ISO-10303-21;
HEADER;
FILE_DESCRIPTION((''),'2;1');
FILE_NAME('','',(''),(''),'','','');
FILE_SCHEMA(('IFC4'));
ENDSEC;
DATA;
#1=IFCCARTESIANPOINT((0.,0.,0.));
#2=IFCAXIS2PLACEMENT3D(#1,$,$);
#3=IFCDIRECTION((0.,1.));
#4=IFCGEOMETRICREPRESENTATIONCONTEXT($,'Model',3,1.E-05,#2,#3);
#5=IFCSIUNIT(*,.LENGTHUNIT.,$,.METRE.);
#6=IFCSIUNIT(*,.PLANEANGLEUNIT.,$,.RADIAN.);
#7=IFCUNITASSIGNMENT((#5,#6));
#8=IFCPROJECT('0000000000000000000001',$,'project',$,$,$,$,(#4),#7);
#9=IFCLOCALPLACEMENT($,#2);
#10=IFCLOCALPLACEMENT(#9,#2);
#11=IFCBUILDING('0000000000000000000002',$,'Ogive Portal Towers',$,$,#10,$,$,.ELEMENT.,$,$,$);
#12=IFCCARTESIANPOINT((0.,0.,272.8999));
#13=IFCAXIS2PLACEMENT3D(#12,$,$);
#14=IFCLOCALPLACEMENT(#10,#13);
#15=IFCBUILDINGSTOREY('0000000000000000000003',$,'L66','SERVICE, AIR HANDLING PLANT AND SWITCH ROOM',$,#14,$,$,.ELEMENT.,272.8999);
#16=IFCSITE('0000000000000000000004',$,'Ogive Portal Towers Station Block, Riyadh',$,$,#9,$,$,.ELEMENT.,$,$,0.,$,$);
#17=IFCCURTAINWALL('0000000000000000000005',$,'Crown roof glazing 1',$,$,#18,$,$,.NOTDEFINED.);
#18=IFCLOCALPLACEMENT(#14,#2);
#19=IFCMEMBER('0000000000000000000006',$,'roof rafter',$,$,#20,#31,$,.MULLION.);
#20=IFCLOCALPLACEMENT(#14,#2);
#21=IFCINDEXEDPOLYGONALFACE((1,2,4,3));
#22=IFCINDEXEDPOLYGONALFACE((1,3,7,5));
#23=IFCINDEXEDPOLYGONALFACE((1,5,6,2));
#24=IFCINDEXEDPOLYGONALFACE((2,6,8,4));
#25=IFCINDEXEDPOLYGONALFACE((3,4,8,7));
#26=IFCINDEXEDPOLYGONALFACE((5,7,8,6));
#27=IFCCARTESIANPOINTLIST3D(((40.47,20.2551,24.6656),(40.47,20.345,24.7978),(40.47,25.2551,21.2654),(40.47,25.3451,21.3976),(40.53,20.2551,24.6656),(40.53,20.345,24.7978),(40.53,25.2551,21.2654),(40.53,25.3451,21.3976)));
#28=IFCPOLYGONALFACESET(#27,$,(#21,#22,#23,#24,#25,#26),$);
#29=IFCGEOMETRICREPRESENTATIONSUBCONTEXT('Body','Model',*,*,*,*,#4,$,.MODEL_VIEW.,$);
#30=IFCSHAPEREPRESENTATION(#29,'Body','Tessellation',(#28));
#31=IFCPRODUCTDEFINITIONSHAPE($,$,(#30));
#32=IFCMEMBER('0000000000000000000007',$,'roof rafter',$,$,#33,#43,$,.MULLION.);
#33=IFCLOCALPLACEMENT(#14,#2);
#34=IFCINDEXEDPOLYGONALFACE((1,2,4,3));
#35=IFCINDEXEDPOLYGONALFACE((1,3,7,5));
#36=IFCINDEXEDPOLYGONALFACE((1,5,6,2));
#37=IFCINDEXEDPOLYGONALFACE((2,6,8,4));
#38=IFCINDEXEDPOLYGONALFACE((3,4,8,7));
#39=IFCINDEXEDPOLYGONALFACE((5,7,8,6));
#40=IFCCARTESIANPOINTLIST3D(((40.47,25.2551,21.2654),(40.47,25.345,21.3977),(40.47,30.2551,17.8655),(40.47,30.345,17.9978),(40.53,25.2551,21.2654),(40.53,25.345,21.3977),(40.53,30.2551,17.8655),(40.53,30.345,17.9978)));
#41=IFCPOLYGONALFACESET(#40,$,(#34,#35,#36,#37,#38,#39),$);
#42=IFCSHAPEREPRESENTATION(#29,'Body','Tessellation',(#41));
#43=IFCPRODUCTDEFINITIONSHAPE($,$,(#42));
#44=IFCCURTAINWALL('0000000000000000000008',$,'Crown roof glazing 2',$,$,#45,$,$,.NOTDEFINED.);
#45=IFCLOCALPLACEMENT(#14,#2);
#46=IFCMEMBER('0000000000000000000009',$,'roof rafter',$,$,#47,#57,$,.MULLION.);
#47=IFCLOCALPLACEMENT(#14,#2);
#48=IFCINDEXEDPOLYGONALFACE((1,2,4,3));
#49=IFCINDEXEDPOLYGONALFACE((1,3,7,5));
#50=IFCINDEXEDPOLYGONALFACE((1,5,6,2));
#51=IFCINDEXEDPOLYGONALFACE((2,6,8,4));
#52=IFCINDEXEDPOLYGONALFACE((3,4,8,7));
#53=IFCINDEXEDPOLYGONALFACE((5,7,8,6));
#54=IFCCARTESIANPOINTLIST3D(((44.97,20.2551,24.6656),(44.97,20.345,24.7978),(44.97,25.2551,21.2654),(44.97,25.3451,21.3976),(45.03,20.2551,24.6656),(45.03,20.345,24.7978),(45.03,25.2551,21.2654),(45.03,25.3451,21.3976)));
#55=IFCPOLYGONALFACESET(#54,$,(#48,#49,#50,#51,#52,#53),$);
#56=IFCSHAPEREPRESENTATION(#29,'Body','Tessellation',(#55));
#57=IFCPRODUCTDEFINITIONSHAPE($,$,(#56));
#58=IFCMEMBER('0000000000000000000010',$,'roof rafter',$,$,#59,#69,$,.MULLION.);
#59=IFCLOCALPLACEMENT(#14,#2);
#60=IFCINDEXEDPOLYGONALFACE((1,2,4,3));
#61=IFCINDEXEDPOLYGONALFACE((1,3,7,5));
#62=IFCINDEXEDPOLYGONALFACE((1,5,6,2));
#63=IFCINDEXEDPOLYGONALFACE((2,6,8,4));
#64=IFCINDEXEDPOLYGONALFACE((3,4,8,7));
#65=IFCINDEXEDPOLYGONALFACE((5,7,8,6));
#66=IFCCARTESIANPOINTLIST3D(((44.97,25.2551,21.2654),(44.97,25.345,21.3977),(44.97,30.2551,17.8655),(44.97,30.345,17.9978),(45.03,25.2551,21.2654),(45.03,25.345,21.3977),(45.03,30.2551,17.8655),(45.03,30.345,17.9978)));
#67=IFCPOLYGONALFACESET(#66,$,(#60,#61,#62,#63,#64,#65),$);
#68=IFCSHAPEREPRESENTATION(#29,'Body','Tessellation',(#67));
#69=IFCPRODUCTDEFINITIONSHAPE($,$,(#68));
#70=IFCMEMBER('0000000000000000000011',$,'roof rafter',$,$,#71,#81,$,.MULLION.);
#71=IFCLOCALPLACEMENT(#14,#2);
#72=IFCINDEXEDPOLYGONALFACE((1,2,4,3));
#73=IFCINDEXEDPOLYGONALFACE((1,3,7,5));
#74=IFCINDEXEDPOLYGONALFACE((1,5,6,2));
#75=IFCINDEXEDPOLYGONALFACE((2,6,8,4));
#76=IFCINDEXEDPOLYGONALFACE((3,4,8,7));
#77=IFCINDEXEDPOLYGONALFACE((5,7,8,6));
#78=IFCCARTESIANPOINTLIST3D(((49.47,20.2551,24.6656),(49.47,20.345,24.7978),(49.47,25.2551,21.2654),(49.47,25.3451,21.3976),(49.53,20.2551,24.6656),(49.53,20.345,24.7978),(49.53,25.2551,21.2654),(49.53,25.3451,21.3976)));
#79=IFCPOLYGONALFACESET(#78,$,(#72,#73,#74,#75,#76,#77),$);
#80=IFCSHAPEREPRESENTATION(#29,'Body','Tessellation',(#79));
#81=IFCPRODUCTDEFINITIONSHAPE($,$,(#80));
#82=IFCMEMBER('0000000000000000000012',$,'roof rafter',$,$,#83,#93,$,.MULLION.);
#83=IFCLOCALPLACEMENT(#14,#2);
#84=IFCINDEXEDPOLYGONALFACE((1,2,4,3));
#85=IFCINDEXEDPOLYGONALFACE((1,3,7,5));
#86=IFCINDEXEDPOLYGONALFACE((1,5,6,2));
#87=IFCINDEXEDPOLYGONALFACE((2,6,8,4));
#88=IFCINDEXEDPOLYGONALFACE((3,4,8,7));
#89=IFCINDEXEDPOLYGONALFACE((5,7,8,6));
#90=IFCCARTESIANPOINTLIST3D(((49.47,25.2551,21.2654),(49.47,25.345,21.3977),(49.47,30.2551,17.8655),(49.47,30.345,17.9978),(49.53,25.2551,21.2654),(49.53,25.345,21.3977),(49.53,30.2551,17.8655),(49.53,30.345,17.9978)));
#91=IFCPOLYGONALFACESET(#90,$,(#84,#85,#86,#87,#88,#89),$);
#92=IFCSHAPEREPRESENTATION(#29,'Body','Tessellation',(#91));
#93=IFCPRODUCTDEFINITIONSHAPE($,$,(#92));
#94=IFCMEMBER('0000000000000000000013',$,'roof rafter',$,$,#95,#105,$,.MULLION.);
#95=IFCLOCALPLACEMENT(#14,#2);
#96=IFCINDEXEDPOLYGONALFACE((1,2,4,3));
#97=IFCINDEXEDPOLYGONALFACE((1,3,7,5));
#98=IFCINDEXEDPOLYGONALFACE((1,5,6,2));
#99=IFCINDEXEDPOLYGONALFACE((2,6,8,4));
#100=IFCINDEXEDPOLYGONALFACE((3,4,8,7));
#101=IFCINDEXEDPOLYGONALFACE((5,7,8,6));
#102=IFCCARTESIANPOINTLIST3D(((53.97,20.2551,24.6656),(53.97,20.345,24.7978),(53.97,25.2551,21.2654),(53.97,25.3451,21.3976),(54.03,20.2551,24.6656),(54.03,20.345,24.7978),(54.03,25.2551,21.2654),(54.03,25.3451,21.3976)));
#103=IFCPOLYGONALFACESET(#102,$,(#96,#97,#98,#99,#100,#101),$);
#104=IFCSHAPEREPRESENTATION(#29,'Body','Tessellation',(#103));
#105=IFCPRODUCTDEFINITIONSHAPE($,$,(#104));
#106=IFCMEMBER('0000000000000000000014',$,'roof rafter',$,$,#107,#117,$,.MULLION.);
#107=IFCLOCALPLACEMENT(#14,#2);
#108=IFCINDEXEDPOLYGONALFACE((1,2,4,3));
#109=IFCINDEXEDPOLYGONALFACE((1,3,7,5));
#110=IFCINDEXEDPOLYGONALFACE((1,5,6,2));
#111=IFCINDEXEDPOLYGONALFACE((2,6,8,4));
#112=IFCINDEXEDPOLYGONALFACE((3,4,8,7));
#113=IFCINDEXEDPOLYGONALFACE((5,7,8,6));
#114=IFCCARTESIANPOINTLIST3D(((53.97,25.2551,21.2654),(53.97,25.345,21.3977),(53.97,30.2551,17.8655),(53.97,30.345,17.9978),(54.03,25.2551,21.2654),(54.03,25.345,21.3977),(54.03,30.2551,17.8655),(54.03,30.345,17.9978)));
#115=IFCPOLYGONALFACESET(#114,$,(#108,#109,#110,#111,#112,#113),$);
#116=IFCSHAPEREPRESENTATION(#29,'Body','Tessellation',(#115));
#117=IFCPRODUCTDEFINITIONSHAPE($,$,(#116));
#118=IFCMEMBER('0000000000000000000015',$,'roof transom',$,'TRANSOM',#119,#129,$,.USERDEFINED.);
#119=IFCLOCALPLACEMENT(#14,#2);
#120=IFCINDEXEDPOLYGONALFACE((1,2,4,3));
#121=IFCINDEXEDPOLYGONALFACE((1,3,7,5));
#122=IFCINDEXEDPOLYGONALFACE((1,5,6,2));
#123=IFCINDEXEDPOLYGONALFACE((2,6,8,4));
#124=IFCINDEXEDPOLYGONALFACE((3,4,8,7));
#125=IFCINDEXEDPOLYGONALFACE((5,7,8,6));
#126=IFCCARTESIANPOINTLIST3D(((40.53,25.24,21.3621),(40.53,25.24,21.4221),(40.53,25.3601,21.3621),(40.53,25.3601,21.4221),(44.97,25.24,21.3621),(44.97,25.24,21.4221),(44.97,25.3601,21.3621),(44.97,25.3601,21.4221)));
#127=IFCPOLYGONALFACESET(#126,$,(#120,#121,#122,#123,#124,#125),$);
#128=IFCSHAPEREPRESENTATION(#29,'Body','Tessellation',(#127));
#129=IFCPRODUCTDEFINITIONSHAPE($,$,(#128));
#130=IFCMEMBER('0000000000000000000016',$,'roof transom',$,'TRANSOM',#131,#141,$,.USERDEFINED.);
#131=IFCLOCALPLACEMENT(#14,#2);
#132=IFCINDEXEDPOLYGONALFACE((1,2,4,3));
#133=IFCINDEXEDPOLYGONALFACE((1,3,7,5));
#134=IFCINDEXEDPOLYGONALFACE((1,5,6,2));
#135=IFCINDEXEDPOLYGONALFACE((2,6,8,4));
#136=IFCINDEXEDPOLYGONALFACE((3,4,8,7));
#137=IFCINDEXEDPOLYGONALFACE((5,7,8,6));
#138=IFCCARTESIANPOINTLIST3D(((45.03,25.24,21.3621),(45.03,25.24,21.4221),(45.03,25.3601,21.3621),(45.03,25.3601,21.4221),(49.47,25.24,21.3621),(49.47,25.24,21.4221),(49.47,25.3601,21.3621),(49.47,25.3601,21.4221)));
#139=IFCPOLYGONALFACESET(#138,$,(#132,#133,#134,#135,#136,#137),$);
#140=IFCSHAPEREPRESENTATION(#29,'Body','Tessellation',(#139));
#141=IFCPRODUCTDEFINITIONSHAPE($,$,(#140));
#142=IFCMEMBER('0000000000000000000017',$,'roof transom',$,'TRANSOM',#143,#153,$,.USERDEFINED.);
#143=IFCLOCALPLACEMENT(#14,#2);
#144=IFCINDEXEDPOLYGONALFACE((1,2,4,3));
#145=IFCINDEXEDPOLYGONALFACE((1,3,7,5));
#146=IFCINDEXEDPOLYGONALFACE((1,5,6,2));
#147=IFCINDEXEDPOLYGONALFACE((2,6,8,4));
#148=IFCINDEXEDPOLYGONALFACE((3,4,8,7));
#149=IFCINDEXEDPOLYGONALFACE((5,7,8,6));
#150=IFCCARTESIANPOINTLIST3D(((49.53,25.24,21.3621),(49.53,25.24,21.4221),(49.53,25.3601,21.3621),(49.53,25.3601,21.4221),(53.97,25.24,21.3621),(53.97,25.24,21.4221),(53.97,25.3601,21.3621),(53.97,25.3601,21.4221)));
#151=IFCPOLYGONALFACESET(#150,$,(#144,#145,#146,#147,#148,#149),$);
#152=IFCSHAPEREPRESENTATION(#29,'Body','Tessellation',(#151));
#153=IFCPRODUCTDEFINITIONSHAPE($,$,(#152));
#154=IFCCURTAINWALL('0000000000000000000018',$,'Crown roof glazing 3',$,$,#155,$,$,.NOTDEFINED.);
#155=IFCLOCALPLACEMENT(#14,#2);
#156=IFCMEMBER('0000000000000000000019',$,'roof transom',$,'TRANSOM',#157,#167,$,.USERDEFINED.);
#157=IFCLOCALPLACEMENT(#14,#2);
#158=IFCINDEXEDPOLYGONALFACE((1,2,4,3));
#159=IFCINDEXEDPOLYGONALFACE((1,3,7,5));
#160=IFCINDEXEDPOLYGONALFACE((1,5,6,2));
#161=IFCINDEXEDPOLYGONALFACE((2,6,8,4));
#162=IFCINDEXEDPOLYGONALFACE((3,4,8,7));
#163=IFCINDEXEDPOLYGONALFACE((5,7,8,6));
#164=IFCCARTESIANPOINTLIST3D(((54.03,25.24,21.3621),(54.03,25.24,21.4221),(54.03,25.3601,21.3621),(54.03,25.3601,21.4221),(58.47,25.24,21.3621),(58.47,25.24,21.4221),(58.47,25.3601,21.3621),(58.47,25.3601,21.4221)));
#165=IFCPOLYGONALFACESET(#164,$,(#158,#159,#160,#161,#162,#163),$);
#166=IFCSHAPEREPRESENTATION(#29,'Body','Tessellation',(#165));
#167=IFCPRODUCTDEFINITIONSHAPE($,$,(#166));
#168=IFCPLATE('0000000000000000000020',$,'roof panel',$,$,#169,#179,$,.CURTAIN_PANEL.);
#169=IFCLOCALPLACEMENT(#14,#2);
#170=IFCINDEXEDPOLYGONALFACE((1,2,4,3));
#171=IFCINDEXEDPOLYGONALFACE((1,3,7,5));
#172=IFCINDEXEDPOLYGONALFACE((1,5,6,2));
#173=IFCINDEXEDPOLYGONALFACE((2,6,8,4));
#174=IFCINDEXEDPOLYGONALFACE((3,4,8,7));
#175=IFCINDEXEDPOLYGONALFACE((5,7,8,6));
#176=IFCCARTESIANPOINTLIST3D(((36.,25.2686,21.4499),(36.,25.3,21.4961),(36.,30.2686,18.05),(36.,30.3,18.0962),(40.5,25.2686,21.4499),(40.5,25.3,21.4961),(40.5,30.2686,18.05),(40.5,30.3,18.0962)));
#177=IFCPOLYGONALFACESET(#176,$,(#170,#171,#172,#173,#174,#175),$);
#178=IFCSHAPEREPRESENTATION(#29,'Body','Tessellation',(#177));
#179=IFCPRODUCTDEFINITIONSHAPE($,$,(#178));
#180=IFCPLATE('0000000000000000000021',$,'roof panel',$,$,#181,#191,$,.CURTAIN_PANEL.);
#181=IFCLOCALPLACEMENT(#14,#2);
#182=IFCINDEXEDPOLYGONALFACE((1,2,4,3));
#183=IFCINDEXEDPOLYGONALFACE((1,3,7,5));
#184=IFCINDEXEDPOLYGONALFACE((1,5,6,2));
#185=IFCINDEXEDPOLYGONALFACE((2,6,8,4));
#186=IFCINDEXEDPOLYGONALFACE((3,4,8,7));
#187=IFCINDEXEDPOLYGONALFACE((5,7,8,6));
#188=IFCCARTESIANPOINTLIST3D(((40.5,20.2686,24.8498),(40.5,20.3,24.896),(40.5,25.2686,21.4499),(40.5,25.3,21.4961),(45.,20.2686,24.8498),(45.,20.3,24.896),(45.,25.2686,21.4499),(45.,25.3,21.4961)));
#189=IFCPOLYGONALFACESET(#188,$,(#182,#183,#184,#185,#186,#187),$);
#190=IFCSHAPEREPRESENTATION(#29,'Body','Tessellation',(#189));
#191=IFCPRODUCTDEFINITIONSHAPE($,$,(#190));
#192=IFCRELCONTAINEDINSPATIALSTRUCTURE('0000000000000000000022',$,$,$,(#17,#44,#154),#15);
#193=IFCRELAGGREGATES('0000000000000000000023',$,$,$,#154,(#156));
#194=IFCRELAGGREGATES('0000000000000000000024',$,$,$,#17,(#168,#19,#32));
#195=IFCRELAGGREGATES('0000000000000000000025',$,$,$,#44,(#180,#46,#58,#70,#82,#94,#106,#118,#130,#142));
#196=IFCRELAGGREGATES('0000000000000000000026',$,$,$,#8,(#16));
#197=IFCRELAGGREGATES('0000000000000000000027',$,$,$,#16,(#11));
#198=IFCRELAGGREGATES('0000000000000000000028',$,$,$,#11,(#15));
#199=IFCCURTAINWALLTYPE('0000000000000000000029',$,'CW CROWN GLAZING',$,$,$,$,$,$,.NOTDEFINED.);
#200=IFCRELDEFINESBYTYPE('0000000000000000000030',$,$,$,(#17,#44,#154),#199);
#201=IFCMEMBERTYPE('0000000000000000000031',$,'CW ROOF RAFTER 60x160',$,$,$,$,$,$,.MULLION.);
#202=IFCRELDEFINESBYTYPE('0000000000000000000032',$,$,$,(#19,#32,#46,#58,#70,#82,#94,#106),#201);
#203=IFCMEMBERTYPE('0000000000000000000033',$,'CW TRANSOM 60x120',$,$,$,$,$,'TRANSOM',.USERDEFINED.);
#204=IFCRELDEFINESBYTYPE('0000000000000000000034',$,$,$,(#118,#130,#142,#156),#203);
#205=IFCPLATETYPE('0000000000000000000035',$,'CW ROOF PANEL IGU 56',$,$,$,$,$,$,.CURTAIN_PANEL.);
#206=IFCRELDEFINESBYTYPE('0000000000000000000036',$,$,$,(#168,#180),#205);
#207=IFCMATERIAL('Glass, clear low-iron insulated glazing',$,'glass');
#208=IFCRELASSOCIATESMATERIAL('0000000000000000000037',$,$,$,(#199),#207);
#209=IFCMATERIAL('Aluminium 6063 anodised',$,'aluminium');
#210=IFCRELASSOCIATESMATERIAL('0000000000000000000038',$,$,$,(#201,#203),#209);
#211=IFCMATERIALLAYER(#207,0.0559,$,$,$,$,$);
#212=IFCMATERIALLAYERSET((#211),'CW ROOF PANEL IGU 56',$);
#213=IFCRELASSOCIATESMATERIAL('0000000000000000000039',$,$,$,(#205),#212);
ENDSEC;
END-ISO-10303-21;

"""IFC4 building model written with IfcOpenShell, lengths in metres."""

from ifc_helpers import new_model, si_unit, direction, frame, origin, origin_2d, place, context, subcontext, project, spatial, polyline, rectangle, outline, extrude, material, layer, layer_set, material_profile, profile_set, type_object, element, aggregate, save


model = new_model("IFC4")

# Units and contexts
model_context = context("Model", 3, precision=1e-05, world=origin(), true_north=direction((0.0, 1.0)))
body_context = subcontext(model_context, "Body", "Model", "MODEL_VIEW")
ifc_project = project(units=[si_unit("LENGTHUNIT", "METRE"), si_unit("PLANEANGLEUNIT", "RADIAN")], contexts=[model_context])

# Site, building, storey
site_placement = place(None, origin())
site = spatial("IfcSite", under=ifc_project, at=site_placement, Name="Ogive Portal Towers Station Block, Riyadh", CompositionType="ELEMENT", RefElevation=0.0)
building_placement = place(site_placement, origin())
building = spatial("IfcBuilding", under=site, at=building_placement, Name="Ogive Portal Towers", CompositionType="ELEMENT")
storey_placement = place(building_placement, frame((0.0, 0.0, 272.8999)))
storey = spatial("IfcBuildingStorey", under=building, at=storey_placement, Name="L66", Description="SERVICE, AIR HANDLING PLANT AND SWITCH ROOM", CompositionType="ELEMENT", Elevation=272.8999)

# Curtain walls, members
ifc_material_1 = material(Name="Glass, clear low-iron insulated glazing", Category="glass")
curtain_wall_type = type_object("IfcCurtainWallType", Name="CW CROWN GLAZING", PredefinedType="NOTDEFINED", material=ifc_material_1)
curtain_wall_1_placement = place(storey_placement, origin())
curtain_wall_1 = element("IfcCurtainWall", 1, at=curtain_wall_1_placement, inside=storey, type_object=curtain_wall_type, Name="Crown roof glazing 1", PredefinedType="NOTDEFINED")
ifc_material_2 = material(Name="Aluminium 6063 anodised", Category="aluminium")
ifc_material_profile_1 = material_profile(ifc_material_2, rectangle(XDim=0.0601, YDim=0.1599, at=origin_2d()), Name="AL 60x160 rafter")
ifc_profile_set_1 = profile_set([ifc_material_profile_1], Name="Aluminium 6063 anodised")
member_type_1 = type_object("IfcMemberType", Name="CW ROOF RAFTER 60x160", PredefinedType="MULLION", material=ifc_profile_set_1)
member_1_placement = place(storey_placement, frame((40.5, 20.3, 24.7317), z_axis=(0.0, 0.826915, -0.562327), x_axis=(-1.0, 0.0, 0.0)))
member_1 = element("IfcMember", 2, at=member_1_placement, type_object=member_type_1, Name="roof rafter", PredefinedType="MULLION", context=body_context, shape_type="SweptSolid", body=[
    extrude(rectangle(XDim=0.0601, YDim=0.1599, at=origin_2d()), origin(), (0.0, 0.0, 1.0), 6.0466),
])
member_2_placement = place(storey_placement, frame((40.5, 25.3, 21.3315), z_axis=(0.0, 0.826934, -0.562299), x_axis=(-1.0, 0.0, 0.0)))
member_2 = element("IfcMember", 3, at=member_2_placement, type_object=member_type_1, Name="roof rafter", PredefinedType="MULLION", context=body_context, shape_type="SweptSolid", body=[
    extrude(rectangle(XDim=0.0601, YDim=0.1599, at=origin_2d()), origin(), (0.0, 0.0, 1.0), 6.0464),
])
curtain_wall_2_placement = place(storey_placement, origin())
curtain_wall_2 = element("IfcCurtainWall", 4, at=curtain_wall_2_placement, inside=storey, type_object=curtain_wall_type, Name="Crown roof glazing 2", PredefinedType="NOTDEFINED")
member_3_placement = place(storey_placement, frame((45.0, 20.3, 24.7317), z_axis=(0.0, 0.826915, -0.562327), x_axis=(-1.0, 0.0, 0.0)))
member_3 = element("IfcMember", 5, at=member_3_placement, type_object=member_type_1, Name="roof rafter", PredefinedType="MULLION", context=body_context, shape_type="SweptSolid", body=[
    extrude(rectangle(XDim=0.0601, YDim=0.1599, at=origin_2d()), origin(), (0.0, 0.0, 1.0), 6.0466),
])
member_4_placement = place(storey_placement, frame((45.0, 25.3, 21.3315), z_axis=(0.0, 0.826934, -0.562299), x_axis=(-1.0, 0.0, 0.0)))
member_4 = element("IfcMember", 6, at=member_4_placement, type_object=member_type_1, Name="roof rafter", PredefinedType="MULLION", context=body_context, shape_type="SweptSolid", body=[
    extrude(rectangle(XDim=0.0601, YDim=0.1599, at=origin_2d()), origin(), (0.0, 0.0, 1.0), 6.0464),
])
member_5_placement = place(storey_placement, frame((49.5, 20.3, 24.7317), z_axis=(0.0, 0.826915, -0.562327), x_axis=(-1.0, 0.0, 0.0)))
member_5 = element("IfcMember", 7, at=member_5_placement, type_object=member_type_1, Name="roof rafter", PredefinedType="MULLION", context=body_context, shape_type="SweptSolid", body=[
    extrude(rectangle(XDim=0.0601, YDim=0.1599, at=origin_2d()), origin(), (0.0, 0.0, 1.0), 6.0466),
])
member_6_placement = place(storey_placement, frame((49.5, 25.3, 21.3315), z_axis=(0.0, 0.826934, -0.562299), x_axis=(-1.0, 0.0, 0.0)))
member_6 = element("IfcMember", 8, at=member_6_placement, type_object=member_type_1, Name="roof rafter", PredefinedType="MULLION", context=body_context, shape_type="SweptSolid", body=[
    extrude(rectangle(XDim=0.0601, YDim=0.1599, at=origin_2d()), origin(), (0.0, 0.0, 1.0), 6.0464),
])
member_7_placement = place(storey_placement, frame((54.0, 20.3, 24.7317), z_axis=(0.0, 0.826915, -0.562327), x_axis=(-1.0, 0.0, 0.0)))
member_7 = element("IfcMember", 9, at=member_7_placement, type_object=member_type_1, Name="roof rafter", PredefinedType="MULLION", context=body_context, shape_type="SweptSolid", body=[
    extrude(rectangle(XDim=0.0601, YDim=0.1599, at=origin_2d()), origin(), (0.0, 0.0, 1.0), 6.0466),
])
member_8_placement = place(storey_placement, frame((54.0, 25.3, 21.3315), z_axis=(0.0, 0.826934, -0.562299), x_axis=(-1.0, 0.0, 0.0)))
member_8 = element("IfcMember", 10, at=member_8_placement, type_object=member_type_1, Name="roof rafter", PredefinedType="MULLION", context=body_context, shape_type="SweptSolid", body=[
    extrude(rectangle(XDim=0.0601, YDim=0.1599, at=origin_2d()), origin(), (0.0, 0.0, 1.0), 6.0464),
])
ifc_material_profile_2 = material_profile(ifc_material_2, rectangle(XDim=0.1201, YDim=0.0601, at=origin_2d()), Name="AL 120x60")
ifc_profile_set_2 = profile_set([ifc_material_profile_2], Name="Aluminium 6063 anodised")
member_type_2 = type_object("IfcMemberType", Name="CW TRANSOM 60x120", ElementType="TRANSOM", PredefinedType="USERDEFINED", material=ifc_profile_set_2)
member_9_placement = place(storey_placement, frame((40.53, 25.3, 21.3921), z_axis=(1.0, 0.0, 0.0), x_axis=(0.0, 1.0, 0.0)))
member_9 = element("IfcMember", 11, at=member_9_placement, type_object=member_type_2, Name="roof transom", ObjectType="TRANSOM", PredefinedType="USERDEFINED", context=body_context, shape_type="SweptSolid", body=[
    extrude(rectangle(XDim=0.1201, YDim=0.0601, at=origin_2d()), origin(), (0.0, 0.0, 1.0), 4.4399),
])
member_10_placement = place(storey_placement, frame((45.03, 25.3, 21.3921), z_axis=(1.0, 0.0, 0.0), x_axis=(0.0, 1.0, 0.0)))
member_10 = element("IfcMember", 12, at=member_10_placement, type_object=member_type_2, Name="roof transom", ObjectType="TRANSOM", PredefinedType="USERDEFINED", context=body_context, shape_type="SweptSolid", body=[
    extrude(rectangle(XDim=0.1201, YDim=0.0601, at=origin_2d()), origin(), (0.0, 0.0, 1.0), 4.4399),
])
member_11_placement = place(storey_placement, frame((49.53, 25.3, 21.3921), z_axis=(1.0, 0.0, 0.0), x_axis=(0.0, 1.0, 0.0)))
member_11 = element("IfcMember", 13, at=member_11_placement, type_object=member_type_2, Name="roof transom", ObjectType="TRANSOM", PredefinedType="USERDEFINED", context=body_context, shape_type="SweptSolid", body=[
    extrude(rectangle(XDim=0.1201, YDim=0.0601, at=origin_2d()), origin(), (0.0, 0.0, 1.0), 4.4399),
])

# Curtain wall, member
curtain_wall_3_placement = place(storey_placement, origin())
curtain_wall_3 = element("IfcCurtainWall", 14, at=curtain_wall_3_placement, inside=storey, type_object=curtain_wall_type, Name="Crown roof glazing 3", PredefinedType="NOTDEFINED")
member_12_placement = place(storey_placement, frame((54.03, 25.3, 21.3921), z_axis=(1.0, 0.0, 0.0), x_axis=(0.0, 1.0, 0.0)))
member_12 = element("IfcMember", 15, at=member_12_placement, type_object=member_type_2, Name="roof transom", ObjectType="TRANSOM", PredefinedType="USERDEFINED", context=body_context, shape_type="SweptSolid", body=[
    extrude(rectangle(XDim=0.1201, YDim=0.0601, at=origin_2d()), origin(), (0.0, 0.0, 1.0), 4.4399),
])
aggregate(curtain_wall_3, [member_12])

# Plates
ifc_layer_1 = layer(ifc_material_1, 0.0559)
ifc_layer_set_1 = layer_set([ifc_layer_1], Name="CW ROOF PANEL IGU 56")
plate_type = type_object("IfcPlateType", Name="CW ROOF PANEL IGU 56", PredefinedType="CURTAIN_PANEL", material=ifc_layer_set_1)
plate_1_placement = place(storey_placement, frame((40.5, 25.3, 21.4961), z_axis=(0.0, 0.562299, 0.826934), x_axis=(0.0, 0.826934, -0.562299)))
plate_1 = element("IfcPlate", 16, at=plate_1_placement, type_object=plate_type, Name="roof panel", PredefinedType="CURTAIN_PANEL", context=body_context, shape_type="SweptSolid", body=[
    extrude(outline(polyline([(0.0, 0.0), (6.0464, 0.0), (6.0464, 4.5), (0.0, 4.5), (0.0, 0.0)])), origin(), (0.0, 0.0, -1.0), 0.0559),
])
aggregate(curtain_wall_1, [plate_1, member_1, member_2])
plate_2_placement = place(storey_placement, frame((45.0, 20.3, 24.896), z_axis=(0.0, 0.562299, 0.826934), x_axis=(0.0, 0.826934, -0.562299)))
plate_2 = element("IfcPlate", 17, at=plate_2_placement, type_object=plate_type, Name="roof panel", PredefinedType="CURTAIN_PANEL", context=body_context, shape_type="SweptSolid", body=[
    extrude(outline(polyline([(0.0, 0.0), (6.0464, 0.0), (6.0464, 4.5), (0.0, 4.5), (0.0, 0.0)])), origin(), (0.0, 0.0, -1.0), 0.0559),
])
aggregate(curtain_wall_2, [plate_2, member_3, member_4, member_5, member_6, member_7, member_8, member_9, member_10, member_11])

save(model, "model.ifc")
